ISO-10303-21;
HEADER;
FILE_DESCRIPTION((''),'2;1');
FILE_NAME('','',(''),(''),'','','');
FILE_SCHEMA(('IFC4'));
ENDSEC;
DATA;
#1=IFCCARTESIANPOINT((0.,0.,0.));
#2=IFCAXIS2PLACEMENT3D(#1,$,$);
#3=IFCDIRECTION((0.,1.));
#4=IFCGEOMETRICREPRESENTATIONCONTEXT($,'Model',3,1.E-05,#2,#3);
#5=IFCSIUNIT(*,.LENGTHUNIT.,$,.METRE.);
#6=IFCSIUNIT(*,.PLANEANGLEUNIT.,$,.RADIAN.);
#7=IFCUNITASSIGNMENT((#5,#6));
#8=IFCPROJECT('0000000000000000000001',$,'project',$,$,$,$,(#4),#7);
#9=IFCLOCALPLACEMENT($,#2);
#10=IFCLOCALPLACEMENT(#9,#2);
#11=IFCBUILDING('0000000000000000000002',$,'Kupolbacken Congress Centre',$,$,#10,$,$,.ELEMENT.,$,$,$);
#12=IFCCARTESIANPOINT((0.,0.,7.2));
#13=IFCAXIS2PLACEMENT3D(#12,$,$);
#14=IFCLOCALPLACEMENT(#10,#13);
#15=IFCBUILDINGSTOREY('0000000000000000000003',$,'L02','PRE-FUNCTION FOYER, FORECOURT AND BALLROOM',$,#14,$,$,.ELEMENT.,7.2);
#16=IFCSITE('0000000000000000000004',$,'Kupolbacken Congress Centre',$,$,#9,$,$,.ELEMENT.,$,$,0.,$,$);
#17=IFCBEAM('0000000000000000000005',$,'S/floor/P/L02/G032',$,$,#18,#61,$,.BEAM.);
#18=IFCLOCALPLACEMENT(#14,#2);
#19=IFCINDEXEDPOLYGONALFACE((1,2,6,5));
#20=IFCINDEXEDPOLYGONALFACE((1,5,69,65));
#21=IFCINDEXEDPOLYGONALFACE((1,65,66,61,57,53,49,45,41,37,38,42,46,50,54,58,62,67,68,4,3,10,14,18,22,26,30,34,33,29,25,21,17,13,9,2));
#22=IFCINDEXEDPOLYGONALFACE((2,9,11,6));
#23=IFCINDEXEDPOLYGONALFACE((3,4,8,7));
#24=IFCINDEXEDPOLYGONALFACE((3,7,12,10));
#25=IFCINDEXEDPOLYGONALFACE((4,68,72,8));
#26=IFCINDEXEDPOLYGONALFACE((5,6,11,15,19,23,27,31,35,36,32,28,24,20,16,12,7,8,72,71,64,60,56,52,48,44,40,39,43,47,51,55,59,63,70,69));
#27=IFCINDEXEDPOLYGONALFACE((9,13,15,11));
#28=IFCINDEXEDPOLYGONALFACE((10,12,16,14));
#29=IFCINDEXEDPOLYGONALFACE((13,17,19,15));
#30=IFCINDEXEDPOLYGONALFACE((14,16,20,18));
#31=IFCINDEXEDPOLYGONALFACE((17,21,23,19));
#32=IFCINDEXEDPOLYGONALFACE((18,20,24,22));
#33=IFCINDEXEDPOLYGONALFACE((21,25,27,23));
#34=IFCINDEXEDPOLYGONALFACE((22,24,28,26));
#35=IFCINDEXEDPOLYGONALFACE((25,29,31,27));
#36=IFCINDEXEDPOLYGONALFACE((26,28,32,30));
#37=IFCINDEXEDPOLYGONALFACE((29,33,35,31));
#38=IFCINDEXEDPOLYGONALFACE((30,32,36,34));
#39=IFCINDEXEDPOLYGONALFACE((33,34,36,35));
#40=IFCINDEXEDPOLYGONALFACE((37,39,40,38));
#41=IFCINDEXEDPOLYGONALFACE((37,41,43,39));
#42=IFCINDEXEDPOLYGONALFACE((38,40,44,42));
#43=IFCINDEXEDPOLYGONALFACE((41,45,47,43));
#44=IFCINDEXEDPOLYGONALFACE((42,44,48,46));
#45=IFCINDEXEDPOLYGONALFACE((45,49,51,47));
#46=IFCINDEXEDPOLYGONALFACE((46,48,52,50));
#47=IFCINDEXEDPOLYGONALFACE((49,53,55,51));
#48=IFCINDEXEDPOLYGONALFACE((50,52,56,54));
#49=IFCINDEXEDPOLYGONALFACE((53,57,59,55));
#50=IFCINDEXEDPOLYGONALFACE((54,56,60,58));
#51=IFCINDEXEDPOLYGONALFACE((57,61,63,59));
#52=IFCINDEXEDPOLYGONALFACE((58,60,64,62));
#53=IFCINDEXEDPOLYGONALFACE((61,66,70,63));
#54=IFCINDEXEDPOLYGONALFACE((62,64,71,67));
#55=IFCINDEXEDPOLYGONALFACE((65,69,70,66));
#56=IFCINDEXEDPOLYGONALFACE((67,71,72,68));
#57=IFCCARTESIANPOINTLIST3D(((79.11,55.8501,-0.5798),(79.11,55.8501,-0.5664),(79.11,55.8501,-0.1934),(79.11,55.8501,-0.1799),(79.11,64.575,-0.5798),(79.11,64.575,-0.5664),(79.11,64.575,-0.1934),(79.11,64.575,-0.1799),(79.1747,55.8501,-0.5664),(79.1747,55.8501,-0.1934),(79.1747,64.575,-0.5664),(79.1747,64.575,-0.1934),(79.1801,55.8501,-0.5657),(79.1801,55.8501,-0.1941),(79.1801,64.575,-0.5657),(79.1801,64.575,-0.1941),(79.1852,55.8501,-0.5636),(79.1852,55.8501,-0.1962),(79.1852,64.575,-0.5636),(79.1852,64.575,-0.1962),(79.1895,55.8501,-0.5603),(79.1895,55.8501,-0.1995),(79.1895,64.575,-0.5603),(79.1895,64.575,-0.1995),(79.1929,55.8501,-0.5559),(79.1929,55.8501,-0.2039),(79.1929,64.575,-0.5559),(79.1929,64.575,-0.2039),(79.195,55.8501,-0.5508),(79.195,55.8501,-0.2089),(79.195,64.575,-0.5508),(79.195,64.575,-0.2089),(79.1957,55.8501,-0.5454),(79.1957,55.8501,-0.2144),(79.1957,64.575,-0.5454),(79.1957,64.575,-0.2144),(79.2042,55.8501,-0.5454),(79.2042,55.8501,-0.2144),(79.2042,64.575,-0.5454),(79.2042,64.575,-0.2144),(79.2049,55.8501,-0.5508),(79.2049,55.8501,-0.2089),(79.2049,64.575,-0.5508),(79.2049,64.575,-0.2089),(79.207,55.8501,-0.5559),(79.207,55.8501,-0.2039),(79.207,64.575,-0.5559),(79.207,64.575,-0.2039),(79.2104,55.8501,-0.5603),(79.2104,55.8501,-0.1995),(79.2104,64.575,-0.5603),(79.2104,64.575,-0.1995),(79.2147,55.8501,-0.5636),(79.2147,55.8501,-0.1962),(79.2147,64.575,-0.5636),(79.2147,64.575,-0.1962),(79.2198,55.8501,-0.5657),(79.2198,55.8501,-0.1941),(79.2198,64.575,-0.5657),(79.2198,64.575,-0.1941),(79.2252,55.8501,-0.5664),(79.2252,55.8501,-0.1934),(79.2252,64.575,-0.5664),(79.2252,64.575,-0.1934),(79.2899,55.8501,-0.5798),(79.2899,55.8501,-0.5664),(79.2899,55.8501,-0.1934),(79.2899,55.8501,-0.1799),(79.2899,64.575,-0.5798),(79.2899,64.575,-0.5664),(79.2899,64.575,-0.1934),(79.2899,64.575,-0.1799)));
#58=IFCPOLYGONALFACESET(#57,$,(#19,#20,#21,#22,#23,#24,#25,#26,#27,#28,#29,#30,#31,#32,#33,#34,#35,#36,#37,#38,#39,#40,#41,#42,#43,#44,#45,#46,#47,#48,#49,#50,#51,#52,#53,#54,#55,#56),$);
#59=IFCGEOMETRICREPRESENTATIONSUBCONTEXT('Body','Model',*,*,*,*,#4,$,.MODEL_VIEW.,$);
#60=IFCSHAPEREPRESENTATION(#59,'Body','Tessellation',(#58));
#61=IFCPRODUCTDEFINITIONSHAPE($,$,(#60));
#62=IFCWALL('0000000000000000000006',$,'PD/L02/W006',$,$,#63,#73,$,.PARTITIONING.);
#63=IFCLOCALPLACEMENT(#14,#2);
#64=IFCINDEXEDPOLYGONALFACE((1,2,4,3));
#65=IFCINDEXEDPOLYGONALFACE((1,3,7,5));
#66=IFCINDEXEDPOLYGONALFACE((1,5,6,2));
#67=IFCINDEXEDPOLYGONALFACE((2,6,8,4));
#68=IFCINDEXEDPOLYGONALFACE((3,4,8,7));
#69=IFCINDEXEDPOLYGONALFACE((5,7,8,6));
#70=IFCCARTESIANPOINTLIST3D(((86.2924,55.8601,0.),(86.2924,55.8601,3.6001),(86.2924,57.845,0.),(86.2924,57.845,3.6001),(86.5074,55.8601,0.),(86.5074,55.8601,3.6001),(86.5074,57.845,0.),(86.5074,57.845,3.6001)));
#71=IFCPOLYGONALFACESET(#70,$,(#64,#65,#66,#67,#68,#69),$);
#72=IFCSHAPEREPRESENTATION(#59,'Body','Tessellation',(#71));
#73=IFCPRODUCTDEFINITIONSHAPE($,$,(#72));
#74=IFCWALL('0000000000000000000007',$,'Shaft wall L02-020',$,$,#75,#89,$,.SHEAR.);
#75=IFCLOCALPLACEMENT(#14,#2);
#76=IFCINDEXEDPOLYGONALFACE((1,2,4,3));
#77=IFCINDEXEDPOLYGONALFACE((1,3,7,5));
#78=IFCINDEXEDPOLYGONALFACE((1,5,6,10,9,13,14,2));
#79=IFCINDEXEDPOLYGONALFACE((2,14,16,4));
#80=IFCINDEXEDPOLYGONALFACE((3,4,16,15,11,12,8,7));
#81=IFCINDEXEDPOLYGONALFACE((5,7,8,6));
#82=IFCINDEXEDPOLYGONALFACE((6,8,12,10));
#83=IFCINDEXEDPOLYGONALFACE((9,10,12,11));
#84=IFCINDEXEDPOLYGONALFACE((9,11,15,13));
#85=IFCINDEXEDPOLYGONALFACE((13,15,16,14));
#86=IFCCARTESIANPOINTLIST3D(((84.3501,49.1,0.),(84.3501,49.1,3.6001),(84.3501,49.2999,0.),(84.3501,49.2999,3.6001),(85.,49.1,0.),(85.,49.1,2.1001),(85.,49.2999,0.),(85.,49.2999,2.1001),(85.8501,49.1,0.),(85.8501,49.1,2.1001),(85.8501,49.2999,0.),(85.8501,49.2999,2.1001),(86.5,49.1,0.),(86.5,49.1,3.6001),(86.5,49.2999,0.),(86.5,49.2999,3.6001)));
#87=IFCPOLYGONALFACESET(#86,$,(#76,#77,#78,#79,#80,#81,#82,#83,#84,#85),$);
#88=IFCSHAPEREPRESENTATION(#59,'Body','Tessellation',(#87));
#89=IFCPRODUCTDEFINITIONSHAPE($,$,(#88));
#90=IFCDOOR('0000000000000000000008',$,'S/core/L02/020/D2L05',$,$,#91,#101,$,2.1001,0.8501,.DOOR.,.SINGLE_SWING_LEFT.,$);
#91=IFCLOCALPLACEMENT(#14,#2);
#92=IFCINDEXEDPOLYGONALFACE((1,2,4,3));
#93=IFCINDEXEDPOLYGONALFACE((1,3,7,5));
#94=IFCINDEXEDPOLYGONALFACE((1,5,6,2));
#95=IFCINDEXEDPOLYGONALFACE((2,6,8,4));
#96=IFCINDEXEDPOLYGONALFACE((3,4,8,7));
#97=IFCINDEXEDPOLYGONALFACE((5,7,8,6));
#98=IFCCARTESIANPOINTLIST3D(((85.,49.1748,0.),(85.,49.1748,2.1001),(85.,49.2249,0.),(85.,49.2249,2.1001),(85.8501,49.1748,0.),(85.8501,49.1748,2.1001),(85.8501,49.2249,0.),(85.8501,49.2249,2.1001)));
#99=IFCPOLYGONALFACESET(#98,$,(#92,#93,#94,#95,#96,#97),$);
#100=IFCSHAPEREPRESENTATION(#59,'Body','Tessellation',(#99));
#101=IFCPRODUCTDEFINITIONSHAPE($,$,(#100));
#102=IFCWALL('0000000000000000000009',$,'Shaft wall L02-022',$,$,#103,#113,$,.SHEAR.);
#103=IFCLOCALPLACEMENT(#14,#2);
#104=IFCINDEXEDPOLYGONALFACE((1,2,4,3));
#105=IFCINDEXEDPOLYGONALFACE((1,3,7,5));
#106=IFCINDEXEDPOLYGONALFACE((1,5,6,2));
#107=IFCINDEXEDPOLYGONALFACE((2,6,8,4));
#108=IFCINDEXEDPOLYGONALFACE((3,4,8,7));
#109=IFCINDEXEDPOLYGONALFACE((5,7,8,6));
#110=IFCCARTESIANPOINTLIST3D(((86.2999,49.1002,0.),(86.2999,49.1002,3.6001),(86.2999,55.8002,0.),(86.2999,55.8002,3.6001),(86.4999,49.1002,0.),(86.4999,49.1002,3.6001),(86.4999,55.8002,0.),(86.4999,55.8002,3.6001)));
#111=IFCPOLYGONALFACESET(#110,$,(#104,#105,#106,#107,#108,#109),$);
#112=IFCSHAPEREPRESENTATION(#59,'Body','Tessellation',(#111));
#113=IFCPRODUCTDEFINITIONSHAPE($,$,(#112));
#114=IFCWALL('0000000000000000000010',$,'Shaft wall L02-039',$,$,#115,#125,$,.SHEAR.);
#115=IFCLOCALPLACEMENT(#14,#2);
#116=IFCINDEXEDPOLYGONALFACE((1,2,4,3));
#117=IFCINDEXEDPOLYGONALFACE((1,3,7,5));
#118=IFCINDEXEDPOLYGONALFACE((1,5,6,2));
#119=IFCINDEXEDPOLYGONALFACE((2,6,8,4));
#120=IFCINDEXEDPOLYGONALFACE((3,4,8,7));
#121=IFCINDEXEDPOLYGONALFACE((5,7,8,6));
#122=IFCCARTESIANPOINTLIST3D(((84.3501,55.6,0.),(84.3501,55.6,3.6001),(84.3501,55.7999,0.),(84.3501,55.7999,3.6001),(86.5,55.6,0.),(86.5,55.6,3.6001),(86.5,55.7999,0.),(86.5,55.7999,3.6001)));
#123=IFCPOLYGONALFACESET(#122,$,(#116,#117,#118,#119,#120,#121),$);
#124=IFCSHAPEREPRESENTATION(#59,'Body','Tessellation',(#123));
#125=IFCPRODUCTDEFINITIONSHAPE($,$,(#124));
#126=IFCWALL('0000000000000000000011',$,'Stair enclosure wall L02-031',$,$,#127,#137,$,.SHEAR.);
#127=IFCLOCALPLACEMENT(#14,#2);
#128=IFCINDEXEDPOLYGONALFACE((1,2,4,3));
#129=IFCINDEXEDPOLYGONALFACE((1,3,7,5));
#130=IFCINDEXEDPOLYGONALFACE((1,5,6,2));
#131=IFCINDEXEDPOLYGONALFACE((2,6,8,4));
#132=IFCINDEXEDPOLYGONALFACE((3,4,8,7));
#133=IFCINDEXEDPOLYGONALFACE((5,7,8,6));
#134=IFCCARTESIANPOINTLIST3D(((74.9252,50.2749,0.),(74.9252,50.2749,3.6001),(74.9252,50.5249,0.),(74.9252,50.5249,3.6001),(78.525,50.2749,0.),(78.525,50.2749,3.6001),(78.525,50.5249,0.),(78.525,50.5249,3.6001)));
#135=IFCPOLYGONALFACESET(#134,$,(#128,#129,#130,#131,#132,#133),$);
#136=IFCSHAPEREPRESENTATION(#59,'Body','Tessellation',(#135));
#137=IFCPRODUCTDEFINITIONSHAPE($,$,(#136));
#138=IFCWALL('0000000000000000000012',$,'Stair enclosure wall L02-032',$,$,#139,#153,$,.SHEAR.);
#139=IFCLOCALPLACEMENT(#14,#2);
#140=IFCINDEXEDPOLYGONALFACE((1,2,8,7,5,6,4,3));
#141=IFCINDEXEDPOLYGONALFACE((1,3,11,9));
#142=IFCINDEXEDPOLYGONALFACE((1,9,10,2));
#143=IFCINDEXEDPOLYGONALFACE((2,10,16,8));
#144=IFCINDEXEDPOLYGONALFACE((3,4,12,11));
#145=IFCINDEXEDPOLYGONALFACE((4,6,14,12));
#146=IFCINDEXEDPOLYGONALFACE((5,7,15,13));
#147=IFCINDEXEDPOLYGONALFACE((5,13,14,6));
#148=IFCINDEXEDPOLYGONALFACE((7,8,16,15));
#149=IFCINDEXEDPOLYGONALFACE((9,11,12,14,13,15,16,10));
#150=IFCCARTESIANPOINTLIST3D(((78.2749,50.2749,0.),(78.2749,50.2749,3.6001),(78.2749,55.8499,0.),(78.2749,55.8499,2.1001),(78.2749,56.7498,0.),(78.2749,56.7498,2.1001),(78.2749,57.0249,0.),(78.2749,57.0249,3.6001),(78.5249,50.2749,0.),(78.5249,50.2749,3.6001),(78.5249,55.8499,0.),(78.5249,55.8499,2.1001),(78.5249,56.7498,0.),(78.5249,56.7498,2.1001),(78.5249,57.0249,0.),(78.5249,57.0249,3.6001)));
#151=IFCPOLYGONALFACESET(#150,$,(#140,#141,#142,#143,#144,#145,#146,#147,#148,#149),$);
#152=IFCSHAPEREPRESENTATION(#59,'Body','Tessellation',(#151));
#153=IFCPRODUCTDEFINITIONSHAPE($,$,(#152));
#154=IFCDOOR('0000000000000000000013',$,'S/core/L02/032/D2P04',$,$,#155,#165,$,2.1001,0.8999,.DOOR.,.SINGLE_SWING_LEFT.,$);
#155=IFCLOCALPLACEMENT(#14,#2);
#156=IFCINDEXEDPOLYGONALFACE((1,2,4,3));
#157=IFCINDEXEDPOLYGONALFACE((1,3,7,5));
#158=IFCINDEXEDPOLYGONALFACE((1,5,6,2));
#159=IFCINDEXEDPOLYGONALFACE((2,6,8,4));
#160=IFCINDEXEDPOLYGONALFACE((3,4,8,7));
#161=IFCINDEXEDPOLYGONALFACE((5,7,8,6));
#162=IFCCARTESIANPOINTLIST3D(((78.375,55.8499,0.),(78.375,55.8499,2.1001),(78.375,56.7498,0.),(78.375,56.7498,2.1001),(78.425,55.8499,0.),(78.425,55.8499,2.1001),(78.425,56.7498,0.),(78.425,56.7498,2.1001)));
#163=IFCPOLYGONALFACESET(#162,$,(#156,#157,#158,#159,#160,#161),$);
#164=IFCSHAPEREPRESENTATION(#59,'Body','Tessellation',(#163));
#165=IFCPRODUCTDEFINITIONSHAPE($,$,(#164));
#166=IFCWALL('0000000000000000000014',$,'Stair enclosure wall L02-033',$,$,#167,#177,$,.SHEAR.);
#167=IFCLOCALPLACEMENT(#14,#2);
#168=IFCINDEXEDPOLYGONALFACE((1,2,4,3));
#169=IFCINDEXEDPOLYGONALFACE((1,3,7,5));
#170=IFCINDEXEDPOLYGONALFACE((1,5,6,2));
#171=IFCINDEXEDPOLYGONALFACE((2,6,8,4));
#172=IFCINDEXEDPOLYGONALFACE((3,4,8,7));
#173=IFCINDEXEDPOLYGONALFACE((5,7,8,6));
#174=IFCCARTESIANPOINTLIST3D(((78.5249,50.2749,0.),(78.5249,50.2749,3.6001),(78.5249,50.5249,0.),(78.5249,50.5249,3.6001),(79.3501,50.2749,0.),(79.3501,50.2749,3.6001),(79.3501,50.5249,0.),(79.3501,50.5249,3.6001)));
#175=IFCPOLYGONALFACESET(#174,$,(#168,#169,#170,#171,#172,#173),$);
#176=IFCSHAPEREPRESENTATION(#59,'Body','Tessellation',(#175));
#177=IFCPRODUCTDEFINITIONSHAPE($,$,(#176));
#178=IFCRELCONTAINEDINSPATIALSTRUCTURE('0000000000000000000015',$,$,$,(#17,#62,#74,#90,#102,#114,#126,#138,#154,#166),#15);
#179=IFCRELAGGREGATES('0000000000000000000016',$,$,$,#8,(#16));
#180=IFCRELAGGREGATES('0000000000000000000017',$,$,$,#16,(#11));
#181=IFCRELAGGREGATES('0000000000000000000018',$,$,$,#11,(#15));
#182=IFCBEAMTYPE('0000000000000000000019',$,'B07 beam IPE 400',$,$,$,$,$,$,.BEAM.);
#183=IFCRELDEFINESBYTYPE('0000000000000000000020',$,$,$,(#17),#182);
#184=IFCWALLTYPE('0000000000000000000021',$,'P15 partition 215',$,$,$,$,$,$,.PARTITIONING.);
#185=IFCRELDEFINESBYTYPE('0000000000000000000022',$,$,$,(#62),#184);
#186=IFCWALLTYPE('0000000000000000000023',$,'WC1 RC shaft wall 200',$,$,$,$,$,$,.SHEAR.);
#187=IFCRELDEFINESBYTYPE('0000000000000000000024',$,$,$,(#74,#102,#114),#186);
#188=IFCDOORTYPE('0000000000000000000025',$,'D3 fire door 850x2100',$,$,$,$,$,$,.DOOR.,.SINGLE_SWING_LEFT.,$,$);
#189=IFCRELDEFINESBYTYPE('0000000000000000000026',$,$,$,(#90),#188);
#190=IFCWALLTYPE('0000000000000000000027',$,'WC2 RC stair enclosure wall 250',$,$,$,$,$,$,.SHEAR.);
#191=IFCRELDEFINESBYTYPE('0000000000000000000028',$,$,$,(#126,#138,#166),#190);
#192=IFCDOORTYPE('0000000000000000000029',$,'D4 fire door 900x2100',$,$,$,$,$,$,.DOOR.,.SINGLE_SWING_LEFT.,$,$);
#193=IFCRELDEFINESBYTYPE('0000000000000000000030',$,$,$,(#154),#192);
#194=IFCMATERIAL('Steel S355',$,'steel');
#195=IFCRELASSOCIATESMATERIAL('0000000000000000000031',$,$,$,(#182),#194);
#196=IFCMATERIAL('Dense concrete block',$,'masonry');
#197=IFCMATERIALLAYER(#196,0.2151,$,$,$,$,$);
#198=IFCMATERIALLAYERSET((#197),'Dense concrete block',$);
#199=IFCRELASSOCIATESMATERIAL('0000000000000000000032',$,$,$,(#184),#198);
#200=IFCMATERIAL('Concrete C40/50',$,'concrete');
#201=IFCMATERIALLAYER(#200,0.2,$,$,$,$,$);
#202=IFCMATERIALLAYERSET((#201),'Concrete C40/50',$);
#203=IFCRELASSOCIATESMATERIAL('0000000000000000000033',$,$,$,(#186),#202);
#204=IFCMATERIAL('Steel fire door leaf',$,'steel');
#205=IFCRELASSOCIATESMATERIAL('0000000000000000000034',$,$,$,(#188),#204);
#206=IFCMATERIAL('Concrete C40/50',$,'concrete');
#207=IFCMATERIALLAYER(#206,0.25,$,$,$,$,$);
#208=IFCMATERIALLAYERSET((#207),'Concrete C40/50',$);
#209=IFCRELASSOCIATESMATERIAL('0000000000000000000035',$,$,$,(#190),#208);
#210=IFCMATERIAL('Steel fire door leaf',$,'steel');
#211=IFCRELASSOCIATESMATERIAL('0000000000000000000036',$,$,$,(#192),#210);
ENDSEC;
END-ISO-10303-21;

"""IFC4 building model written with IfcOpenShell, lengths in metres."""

from ifc_helpers import new_model, si_unit, direction, frame, frame_2d, origin, origin_2d, place, context, subcontext, project, spatial, rectangle, i_section, extrude, material, layer, layer_set, material_profile, profile_set, type_object, element, fill, save


model = new_model("IFC4")

# Units and contexts
model_context = context("Model", 3, precision=1e-05, world=origin(), true_north=direction((0.0, 1.0)))
body_context = subcontext(model_context, "Body", "Model", "MODEL_VIEW")
ifc_project = project(units=[si_unit("LENGTHUNIT", "METRE"), si_unit("PLANEANGLEUNIT", "RADIAN")], contexts=[model_context])

# Site, building, storey
site_placement = place(None, origin())
site = spatial("IfcSite", under=ifc_project, at=site_placement, Name="Kupolbacken Congress Centre", CompositionType="ELEMENT", RefElevation=0.0)
building_placement = place(site_placement, origin())
building = spatial("IfcBuilding", under=site, at=building_placement, Name="Kupolbacken Congress Centre", CompositionType="ELEMENT")
storey_placement = place(building_placement, frame((0.0, 0.0, 7.2)))
storey = spatial("IfcBuildingStorey", under=building, at=storey_placement, Name="L02", Description="PRE-FUNCTION FOYER, FORECOURT AND BALLROOM", CompositionType="ELEMENT", Elevation=7.2)

# Beam
ifc_material_1 = material(Name="Steel S355", Category="steel")
ifc_material_profile_1 = material_profile(ifc_material_1, i_section(OverallWidth=0.1799, OverallDepth=0.3999, WebThickness=0.0085, FlangeThickness=0.0134, FilletRadius=0.021, at=origin_2d()), Name="IPE 400")
ifc_profile_set_1 = profile_set([ifc_material_profile_1], Name="Steel S355")
beam_type_1 = type_object("IfcBeamType", Name="B07 beam IPE 400", PredefinedType="BEAM", material=ifc_profile_set_1)
beam_1_placement = place(storey_placement, frame((79.2, 55.8501, -0.3799), z_axis=(0.0, 1.0, 0.0), x_axis=(-1.0, 0.0, 0.0)))
element("IfcBeam", 1, at=beam_1_placement, inside=storey, type_object=beam_type_1, Name="S/floor/P/L02/G032", PredefinedType="BEAM", context=body_context, shape_type="SweptSolid", body=[
    extrude(i_section(OverallWidth=0.1799, OverallDepth=0.3999, WebThickness=0.0085, FlangeThickness=0.0134, FilletRadius=0.021, at=origin_2d()), origin(), (0.0, 0.0, 1.0), 8.7249),
])

# Wall
ifc_material_2 = material(Name="Dense concrete block", Category="masonry")
ifc_layer_1 = layer(ifc_material_2, 0.2151)
ifc_layer_set_1 = layer_set([ifc_layer_1], Name="Dense concrete block")
wall_type_1 = type_object("IfcWallType", Name="P15 partition 215", PredefinedType="PARTITIONING", material=ifc_layer_set_1)
wall_1_placement = place(storey_placement, frame((86.3999, 55.8601, 0.0), z_axis=(0.0, 0.0, 1.0), x_axis=(0.0, 1.0, 0.0)))
element("IfcWall", 2, at=wall_1_placement, inside=storey, type_object=wall_type_1, Name="PD/L02/W006", PredefinedType="PARTITIONING", context=body_context, shape_type="SweptSolid", body=[
    extrude(rectangle(XDim=1.9849, YDim=0.2151, at=frame_2d((0.9924, 0.0))), origin(), (0.0, 0.0, 1.0), 3.6001),
])

# Wall, opening, door
ifc_material_3 = material(Name="Concrete C40/50", Category="concrete")
ifc_layer_2 = layer(ifc_material_3, 0.2)
ifc_layer_set_2 = layer_set([ifc_layer_2], Name="Concrete C40/50")
wall_type_2 = type_object("IfcWallType", Name="WC1 RC shaft wall 200", PredefinedType="SHEAR", material=ifc_layer_set_2)
wall_2_placement = place(storey_placement, frame((84.3501, 49.2, 0.0), z_axis=(0.0, 0.0, 1.0), x_axis=(1.0, 0.0, 0.0)))
wall_2 = element("IfcWall", 3, at=wall_2_placement, inside=storey, type_object=wall_type_2, Name="Shaft wall L02-020", PredefinedType="SHEAR", context=body_context, shape_type="SweptSolid", body=[
    extrude(rectangle(XDim=2.1499, YDim=0.2, at=frame_2d((1.075, 0.0))), origin(), (0.0, 0.0, 1.0), 3.6001),
])
opening_1_placement = place(wall_2_placement, frame((0.6499, 0.0, 0.0)))
opening_1 = element("IfcOpeningElement", 4, at=opening_1_placement, cuts=wall_2, PredefinedType="OPENING", context=body_context, shape_type="SweptSolid", body=[
    extrude(rectangle(XDim=0.8501, YDim=2.1001, at=frame_2d((0.425, 1.05))), frame((0.0, 0.1099, 0.0), z_axis=(0.0, -1.0, 0.0), x_axis=(1.0, 0.0, 0.0)), (0.0, 0.0, 1.0), 0.22),
])
ifc_material_4 = material(Name="Steel fire door leaf", Category="steel")
door_type_1 = type_object("IfcDoorType", Name="D3 fire door 850x2100", OperationType="SINGLE_SWING_LEFT", PredefinedType="DOOR", material=ifc_material_4)
door_1_placement = place(opening_1_placement, origin())
door_1 = element("IfcDoor", 5, at=door_1_placement, inside=storey, type_object=door_type_1, Name="S/core/L02/020/D2L05", OperationType="SINGLE_SWING_LEFT", OverallHeight=2.1001, OverallWidth=0.8501, PredefinedType="DOOR", context=body_context, shape_type="SweptSolid", body=[
    extrude(rectangle(XDim=0.8501, YDim=2.1001, at=frame_2d((0.425, 1.05))), frame((0.0, 0.0249, 0.0), z_axis=(0.0, -1.0, 0.0), x_axis=(1.0, 0.0, 0.0)), (0.0, 0.0, 1.0), 0.05),
])
fill(opening_1, door_1)

# Walls
wall_3_placement = place(storey_placement, frame((86.3999, 49.1001, 0.0), z_axis=(0.0, 0.0, 1.0), x_axis=(0.0, 1.0, 0.0)))
element("IfcWall", 6, at=wall_3_placement, inside=storey, type_object=wall_type_2, Name="Shaft wall L02-022", PredefinedType="SHEAR", context=body_context, shape_type="SweptSolid", body=[
    extrude(rectangle(XDim=6.7, YDim=0.2, at=frame_2d((3.3501, 0.0))), origin(), (0.0, 0.0, 1.0), 3.6001),
])
wall_4_placement = place(storey_placement, frame((86.5, 55.7, 0.0), z_axis=(0.0, 0.0, 1.0), x_axis=(-1.0, 0.0, 0.0)))
element("IfcWall", 7, at=wall_4_placement, inside=storey, type_object=wall_type_2, Name="Shaft wall L02-039", PredefinedType="SHEAR", context=body_context, shape_type="SweptSolid", body=[
    extrude(rectangle(XDim=2.1499, YDim=0.2, at=frame_2d((1.075, 0.0))), origin(), (0.0, 0.0, 1.0), 3.6001),
])
ifc_material_5 = material(Name="Concrete C40/50", Category="concrete")
ifc_layer_3 = layer(ifc_material_5, 0.25)
ifc_layer_set_3 = layer_set([ifc_layer_3], Name="Concrete C40/50")
wall_type_3 = type_object("IfcWallType", Name="WC2 RC stair enclosure wall 250", PredefinedType="SHEAR", material=ifc_layer_set_3)
wall_5_placement = place(storey_placement, frame((78.5249, 50.3999, 0.0), z_axis=(0.0, 0.0, 1.0), x_axis=(-1.0, 0.0, 0.0)))
element("IfcWall", 8, at=wall_5_placement, inside=storey, type_object=wall_type_3, Name="Stair enclosure wall L02-031", PredefinedType="SHEAR", context=body_context, shape_type="SweptSolid", body=[
    extrude(rectangle(XDim=3.5999, YDim=0.25, at=frame_2d((1.7998, 0.0))), origin(), (0.0, 0.0, 1.0), 3.6001),
])

# Wall, opening, door
wall_6_placement = place(storey_placement, frame((78.3999, 50.2749, 0.0), z_axis=(0.0, 0.0, 1.0), x_axis=(0.0, 1.0, 0.0)))
wall_6 = element("IfcWall", 9, at=wall_6_placement, inside=storey, type_object=wall_type_3, Name="Stair enclosure wall L02-032", PredefinedType="SHEAR", context=body_context, shape_type="SweptSolid", body=[
    extrude(rectangle(XDim=6.75, YDim=0.25, at=frame_2d((3.375, 0.0))), origin(), (0.0, 0.0, 1.0), 3.6001),
])
opening_2_placement = place(wall_6_placement, frame((5.575, 0.0, 0.0)))
opening_2 = element("IfcOpeningElement", 10, at=opening_2_placement, cuts=wall_6, PredefinedType="OPENING", context=body_context, shape_type="SweptSolid", body=[
    extrude(rectangle(XDim=0.8999, YDim=2.1001, at=frame_2d((0.45, 1.05))), frame((0.0, 0.135, 0.0), z_axis=(0.0, -1.0, 0.0), x_axis=(1.0, 0.0, 0.0)), (0.0, 0.0, 1.0), 0.27),
])
ifc_material_6 = material(Name="Steel fire door leaf", Category="steel")
door_type_2 = type_object("IfcDoorType", Name="D4 fire door 900x2100", OperationType="SINGLE_SWING_LEFT", PredefinedType="DOOR", material=ifc_material_6)
door_2_placement = place(opening_2_placement, origin())
door_2 = element("IfcDoor", 11, at=door_2_placement, inside=storey, type_object=door_type_2, Name="S/core/L02/032/D2P04", OperationType="SINGLE_SWING_LEFT", OverallHeight=2.1001, OverallWidth=0.8999, PredefinedType="DOOR", context=body_context, shape_type="SweptSolid", body=[
    extrude(rectangle(XDim=0.8999, YDim=2.1001, at=frame_2d((0.45, 1.05))), frame((0.0, 0.0249, 0.0), z_axis=(0.0, -1.0, 0.0), x_axis=(1.0, 0.0, 0.0)), (0.0, 0.0, 1.0), 0.05),
])
fill(opening_2, door_2)

# Wall
wall_7_placement = place(storey_placement, frame((79.3501, 50.3999, 0.0), z_axis=(0.0, 0.0, 1.0), x_axis=(-1.0, 0.0, 0.0)))
element("IfcWall", 12, at=wall_7_placement, inside=storey, type_object=wall_type_3, Name="Stair enclosure wall L02-033", PredefinedType="SHEAR", context=body_context, shape_type="SweptSolid", body=[
    extrude(rectangle(XDim=0.8252, YDim=0.25, at=frame_2d((0.4126, 0.0))), origin(), (0.0, 0.0, 1.0), 3.6001),
])

save(model, "model.ifc")
